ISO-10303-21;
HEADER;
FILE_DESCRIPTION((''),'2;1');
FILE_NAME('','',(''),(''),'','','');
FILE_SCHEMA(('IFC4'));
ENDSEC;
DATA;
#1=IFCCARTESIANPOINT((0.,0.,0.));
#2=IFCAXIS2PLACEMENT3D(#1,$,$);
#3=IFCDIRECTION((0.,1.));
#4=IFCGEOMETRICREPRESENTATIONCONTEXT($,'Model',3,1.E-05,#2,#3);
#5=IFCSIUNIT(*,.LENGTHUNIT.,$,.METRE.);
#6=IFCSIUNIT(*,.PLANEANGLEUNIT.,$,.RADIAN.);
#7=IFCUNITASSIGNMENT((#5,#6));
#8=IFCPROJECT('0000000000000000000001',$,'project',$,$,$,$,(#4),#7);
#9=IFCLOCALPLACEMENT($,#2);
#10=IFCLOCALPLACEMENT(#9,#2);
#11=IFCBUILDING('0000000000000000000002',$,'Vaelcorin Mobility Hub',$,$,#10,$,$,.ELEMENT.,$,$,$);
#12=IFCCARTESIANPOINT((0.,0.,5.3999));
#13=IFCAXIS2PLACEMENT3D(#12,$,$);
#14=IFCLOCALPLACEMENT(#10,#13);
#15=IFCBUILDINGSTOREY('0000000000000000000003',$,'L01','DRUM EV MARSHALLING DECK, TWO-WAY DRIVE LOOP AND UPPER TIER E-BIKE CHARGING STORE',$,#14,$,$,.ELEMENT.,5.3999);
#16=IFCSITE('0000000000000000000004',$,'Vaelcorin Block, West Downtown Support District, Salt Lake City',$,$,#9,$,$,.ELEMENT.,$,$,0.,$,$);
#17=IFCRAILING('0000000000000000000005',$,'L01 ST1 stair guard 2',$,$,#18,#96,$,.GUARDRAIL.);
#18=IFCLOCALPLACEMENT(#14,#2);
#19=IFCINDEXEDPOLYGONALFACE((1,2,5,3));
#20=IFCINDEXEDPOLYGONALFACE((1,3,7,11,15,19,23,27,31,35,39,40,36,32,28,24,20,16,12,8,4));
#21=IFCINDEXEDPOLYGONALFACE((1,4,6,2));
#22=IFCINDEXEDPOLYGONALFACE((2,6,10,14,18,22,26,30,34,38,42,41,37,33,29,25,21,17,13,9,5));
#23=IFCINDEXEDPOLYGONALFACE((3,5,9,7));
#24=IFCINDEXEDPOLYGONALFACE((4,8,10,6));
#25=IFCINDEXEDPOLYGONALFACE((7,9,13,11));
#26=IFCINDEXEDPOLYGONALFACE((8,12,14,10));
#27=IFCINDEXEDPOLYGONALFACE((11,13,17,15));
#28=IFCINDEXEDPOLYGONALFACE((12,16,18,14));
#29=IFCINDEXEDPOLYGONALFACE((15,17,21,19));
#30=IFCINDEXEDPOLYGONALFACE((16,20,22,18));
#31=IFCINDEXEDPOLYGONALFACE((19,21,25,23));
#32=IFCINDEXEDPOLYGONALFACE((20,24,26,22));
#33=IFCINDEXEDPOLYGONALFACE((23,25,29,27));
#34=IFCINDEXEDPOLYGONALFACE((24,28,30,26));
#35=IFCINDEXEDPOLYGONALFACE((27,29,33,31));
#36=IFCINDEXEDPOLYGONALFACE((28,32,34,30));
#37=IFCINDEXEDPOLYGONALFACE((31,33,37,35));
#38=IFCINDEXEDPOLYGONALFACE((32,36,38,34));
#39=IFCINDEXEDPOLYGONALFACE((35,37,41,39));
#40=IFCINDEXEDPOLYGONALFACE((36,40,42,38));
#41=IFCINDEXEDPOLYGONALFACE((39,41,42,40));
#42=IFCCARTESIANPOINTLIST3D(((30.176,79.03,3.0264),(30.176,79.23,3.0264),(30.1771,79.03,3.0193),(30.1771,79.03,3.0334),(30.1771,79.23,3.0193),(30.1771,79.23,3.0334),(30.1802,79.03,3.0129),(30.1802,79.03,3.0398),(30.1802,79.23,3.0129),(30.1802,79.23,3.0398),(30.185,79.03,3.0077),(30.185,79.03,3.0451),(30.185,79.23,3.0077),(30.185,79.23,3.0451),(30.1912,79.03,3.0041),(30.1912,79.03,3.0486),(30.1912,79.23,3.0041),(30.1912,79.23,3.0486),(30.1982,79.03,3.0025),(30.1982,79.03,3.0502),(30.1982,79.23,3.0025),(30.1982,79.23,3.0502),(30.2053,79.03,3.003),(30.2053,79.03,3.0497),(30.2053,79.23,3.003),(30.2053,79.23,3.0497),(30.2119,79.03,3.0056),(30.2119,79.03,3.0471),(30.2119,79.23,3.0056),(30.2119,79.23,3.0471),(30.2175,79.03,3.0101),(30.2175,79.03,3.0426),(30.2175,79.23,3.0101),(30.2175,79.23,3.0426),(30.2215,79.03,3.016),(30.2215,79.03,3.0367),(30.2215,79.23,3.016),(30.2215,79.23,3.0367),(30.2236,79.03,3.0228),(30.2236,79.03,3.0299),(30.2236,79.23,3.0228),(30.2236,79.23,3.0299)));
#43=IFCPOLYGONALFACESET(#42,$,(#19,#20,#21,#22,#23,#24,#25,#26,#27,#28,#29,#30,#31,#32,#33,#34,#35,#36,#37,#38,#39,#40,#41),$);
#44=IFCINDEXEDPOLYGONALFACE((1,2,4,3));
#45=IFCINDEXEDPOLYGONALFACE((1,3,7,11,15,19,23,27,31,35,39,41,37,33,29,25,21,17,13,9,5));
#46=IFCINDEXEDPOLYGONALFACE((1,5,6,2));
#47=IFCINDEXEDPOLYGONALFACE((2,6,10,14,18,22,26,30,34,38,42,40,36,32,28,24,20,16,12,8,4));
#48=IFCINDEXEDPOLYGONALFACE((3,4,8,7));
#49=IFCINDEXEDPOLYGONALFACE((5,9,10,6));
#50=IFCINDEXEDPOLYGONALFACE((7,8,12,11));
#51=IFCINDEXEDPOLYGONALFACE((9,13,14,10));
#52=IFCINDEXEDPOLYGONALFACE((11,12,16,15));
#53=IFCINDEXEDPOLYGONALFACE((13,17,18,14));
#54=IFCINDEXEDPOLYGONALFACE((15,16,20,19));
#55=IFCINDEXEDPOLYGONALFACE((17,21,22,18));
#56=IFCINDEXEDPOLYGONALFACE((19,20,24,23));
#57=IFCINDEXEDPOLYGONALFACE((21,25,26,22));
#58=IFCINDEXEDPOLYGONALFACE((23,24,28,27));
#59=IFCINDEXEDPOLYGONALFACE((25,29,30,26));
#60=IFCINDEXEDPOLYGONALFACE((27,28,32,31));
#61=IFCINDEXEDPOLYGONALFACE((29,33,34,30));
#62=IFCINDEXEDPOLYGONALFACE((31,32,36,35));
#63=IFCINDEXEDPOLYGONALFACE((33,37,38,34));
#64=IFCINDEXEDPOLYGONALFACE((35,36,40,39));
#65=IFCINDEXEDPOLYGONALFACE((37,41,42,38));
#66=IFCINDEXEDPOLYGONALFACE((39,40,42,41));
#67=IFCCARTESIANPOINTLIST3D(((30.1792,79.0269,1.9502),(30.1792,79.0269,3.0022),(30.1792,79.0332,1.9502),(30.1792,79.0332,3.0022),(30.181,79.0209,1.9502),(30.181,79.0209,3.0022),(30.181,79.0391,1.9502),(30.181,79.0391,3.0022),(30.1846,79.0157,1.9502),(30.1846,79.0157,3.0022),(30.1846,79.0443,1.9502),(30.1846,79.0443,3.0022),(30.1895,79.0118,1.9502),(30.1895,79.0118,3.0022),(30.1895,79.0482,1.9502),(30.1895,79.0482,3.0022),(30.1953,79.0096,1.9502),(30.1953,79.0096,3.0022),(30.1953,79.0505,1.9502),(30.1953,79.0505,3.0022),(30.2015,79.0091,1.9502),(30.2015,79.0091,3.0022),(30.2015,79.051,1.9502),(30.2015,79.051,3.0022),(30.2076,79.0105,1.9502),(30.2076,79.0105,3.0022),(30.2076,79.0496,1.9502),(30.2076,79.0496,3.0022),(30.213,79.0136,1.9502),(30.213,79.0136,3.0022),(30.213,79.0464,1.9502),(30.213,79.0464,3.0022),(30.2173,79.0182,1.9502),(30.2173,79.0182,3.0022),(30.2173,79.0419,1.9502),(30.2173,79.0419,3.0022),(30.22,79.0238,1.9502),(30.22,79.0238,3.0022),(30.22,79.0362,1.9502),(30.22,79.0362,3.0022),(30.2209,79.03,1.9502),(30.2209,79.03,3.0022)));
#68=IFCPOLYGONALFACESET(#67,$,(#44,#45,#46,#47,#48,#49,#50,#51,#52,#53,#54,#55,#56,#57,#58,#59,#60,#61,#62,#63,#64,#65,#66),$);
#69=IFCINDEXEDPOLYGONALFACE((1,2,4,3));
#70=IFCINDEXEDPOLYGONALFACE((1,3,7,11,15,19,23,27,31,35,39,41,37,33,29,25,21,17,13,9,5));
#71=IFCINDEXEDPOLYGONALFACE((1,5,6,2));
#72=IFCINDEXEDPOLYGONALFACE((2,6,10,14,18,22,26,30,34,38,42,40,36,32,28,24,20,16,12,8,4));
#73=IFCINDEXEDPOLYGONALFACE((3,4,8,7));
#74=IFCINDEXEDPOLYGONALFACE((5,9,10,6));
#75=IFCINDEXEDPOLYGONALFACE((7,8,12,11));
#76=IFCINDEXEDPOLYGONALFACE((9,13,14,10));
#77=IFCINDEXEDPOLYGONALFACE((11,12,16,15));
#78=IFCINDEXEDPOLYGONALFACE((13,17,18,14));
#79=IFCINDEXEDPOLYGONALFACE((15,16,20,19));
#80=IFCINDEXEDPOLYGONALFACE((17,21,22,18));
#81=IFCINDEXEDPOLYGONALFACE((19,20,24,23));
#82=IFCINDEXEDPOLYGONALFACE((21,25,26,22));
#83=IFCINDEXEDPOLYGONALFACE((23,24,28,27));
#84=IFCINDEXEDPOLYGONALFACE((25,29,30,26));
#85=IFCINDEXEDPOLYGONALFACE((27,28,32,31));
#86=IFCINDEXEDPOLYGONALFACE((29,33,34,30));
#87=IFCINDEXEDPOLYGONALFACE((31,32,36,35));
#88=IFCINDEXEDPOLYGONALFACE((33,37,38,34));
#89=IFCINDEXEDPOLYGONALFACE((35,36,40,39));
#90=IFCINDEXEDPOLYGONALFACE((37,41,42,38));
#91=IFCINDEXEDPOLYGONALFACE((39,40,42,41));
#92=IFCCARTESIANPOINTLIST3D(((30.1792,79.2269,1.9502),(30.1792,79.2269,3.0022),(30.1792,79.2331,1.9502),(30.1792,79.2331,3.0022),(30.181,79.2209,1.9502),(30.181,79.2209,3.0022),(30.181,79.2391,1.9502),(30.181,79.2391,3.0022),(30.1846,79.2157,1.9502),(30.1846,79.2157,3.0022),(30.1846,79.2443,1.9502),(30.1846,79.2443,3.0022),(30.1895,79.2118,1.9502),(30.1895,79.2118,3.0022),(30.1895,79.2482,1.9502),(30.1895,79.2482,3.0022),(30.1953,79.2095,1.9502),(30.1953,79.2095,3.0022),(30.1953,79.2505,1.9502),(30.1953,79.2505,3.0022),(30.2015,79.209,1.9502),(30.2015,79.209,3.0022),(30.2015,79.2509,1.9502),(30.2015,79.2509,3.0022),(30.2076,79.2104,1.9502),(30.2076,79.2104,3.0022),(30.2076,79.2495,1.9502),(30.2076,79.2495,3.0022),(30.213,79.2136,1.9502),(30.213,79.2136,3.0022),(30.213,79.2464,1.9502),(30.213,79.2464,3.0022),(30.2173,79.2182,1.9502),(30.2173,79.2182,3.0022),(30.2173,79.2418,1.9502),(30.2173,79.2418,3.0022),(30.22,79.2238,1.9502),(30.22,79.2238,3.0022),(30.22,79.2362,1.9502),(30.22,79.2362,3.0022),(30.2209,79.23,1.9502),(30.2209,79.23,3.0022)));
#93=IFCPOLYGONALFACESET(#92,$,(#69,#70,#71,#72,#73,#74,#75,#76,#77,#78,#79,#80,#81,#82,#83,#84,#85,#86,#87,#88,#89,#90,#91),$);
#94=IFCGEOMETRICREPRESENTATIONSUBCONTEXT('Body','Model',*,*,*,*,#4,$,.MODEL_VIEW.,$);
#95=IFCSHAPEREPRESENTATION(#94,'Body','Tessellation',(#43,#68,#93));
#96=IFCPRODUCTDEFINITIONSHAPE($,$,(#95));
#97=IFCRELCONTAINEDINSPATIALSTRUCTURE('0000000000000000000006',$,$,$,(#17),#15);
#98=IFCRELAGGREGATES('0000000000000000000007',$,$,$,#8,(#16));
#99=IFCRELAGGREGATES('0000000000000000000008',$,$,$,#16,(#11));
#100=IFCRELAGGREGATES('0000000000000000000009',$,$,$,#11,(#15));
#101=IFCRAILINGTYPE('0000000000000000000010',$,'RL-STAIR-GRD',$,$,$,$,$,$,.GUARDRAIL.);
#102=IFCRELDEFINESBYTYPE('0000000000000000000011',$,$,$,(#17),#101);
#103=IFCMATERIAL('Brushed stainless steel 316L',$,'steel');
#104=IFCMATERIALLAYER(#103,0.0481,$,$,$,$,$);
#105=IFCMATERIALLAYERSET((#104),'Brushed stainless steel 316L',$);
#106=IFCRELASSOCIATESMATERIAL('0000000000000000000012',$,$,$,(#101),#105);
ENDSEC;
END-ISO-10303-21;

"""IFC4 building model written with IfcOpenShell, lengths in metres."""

from ifc_helpers import new_model, si_unit, direction, frame, origin, origin_2d, place, context, subcontext, project, spatial, circle, extrude, material, layer, layer_set, type_object, element, save


model = new_model("IFC4")

# Units and contexts
model_context = context("Model", 3, precision=1e-05, world=origin(), true_north=direction((0.0, 1.0)))
body_context = subcontext(model_context, "Body", "Model", "MODEL_VIEW")
ifc_project = project(units=[si_unit("LENGTHUNIT", "METRE"), si_unit("PLANEANGLEUNIT", "RADIAN")], contexts=[model_context])

# Site, building, storey
site_placement = place(None, origin())
site = spatial("IfcSite", under=ifc_project, at=site_placement, Name="Vaelcorin Block, West Downtown Support District, Salt Lake City", CompositionType="ELEMENT", RefElevation=0.0)
building_placement = place(site_placement, origin())
building = spatial("IfcBuilding", under=site, at=building_placement, Name="Vaelcorin Mobility Hub", CompositionType="ELEMENT")
storey_placement = place(building_placement, frame((0.0, 0.0, 5.3999)))
storey = spatial("IfcBuildingStorey", under=building, at=storey_placement, Name="L01", Description="DRUM EV MARSHALLING DECK, TWO-WAY DRIVE LOOP AND UPPER TIER E-BIKE CHARGING STORE", CompositionType="ELEMENT", Elevation=5.3999)

# Railing
ifc_material_1 = material(Name="Brushed stainless steel 316L", Category="steel")
ifc_layer_1 = layer(ifc_material_1, 0.0481)
ifc_layer_set_1 = layer_set([ifc_layer_1], Name="Brushed stainless steel 316L")
railing_type_1 = type_object("IfcRailingType", Name="RL-STAIR-GRD", PredefinedType="GUARDRAIL", material=ifc_layer_set_1)
railing_1_placement = place(storey_placement, frame((30.2, 79.03, 1.9502)))
element("IfcRailing", 1, at=railing_1_placement, inside=storey, type_object=railing_type_1, Name="L01 ST1 stair guard 2", PredefinedType="GUARDRAIL", context=body_context, shape_type="SweptSolid", body=[
    extrude(circle(Radius=0.0239, at=origin_2d()), frame((0.0, 0.0, 1.0762), z_axis=(0.0, 1.0, 0.0), x_axis=(-1.0, 0.0, 0.0)), (0.0, 0.0, 1.0), 0.2),
    extrude(circle(Radius=0.021, at=origin_2d()), origin(), (0.0, 0.0, 1.0), 1.052),
    extrude(circle(Radius=0.021, at=origin_2d()), frame((0.0, 0.2, 0.0)), (0.0, 0.0, 1.0), 1.052),
])

save(model, "model.ifc")
